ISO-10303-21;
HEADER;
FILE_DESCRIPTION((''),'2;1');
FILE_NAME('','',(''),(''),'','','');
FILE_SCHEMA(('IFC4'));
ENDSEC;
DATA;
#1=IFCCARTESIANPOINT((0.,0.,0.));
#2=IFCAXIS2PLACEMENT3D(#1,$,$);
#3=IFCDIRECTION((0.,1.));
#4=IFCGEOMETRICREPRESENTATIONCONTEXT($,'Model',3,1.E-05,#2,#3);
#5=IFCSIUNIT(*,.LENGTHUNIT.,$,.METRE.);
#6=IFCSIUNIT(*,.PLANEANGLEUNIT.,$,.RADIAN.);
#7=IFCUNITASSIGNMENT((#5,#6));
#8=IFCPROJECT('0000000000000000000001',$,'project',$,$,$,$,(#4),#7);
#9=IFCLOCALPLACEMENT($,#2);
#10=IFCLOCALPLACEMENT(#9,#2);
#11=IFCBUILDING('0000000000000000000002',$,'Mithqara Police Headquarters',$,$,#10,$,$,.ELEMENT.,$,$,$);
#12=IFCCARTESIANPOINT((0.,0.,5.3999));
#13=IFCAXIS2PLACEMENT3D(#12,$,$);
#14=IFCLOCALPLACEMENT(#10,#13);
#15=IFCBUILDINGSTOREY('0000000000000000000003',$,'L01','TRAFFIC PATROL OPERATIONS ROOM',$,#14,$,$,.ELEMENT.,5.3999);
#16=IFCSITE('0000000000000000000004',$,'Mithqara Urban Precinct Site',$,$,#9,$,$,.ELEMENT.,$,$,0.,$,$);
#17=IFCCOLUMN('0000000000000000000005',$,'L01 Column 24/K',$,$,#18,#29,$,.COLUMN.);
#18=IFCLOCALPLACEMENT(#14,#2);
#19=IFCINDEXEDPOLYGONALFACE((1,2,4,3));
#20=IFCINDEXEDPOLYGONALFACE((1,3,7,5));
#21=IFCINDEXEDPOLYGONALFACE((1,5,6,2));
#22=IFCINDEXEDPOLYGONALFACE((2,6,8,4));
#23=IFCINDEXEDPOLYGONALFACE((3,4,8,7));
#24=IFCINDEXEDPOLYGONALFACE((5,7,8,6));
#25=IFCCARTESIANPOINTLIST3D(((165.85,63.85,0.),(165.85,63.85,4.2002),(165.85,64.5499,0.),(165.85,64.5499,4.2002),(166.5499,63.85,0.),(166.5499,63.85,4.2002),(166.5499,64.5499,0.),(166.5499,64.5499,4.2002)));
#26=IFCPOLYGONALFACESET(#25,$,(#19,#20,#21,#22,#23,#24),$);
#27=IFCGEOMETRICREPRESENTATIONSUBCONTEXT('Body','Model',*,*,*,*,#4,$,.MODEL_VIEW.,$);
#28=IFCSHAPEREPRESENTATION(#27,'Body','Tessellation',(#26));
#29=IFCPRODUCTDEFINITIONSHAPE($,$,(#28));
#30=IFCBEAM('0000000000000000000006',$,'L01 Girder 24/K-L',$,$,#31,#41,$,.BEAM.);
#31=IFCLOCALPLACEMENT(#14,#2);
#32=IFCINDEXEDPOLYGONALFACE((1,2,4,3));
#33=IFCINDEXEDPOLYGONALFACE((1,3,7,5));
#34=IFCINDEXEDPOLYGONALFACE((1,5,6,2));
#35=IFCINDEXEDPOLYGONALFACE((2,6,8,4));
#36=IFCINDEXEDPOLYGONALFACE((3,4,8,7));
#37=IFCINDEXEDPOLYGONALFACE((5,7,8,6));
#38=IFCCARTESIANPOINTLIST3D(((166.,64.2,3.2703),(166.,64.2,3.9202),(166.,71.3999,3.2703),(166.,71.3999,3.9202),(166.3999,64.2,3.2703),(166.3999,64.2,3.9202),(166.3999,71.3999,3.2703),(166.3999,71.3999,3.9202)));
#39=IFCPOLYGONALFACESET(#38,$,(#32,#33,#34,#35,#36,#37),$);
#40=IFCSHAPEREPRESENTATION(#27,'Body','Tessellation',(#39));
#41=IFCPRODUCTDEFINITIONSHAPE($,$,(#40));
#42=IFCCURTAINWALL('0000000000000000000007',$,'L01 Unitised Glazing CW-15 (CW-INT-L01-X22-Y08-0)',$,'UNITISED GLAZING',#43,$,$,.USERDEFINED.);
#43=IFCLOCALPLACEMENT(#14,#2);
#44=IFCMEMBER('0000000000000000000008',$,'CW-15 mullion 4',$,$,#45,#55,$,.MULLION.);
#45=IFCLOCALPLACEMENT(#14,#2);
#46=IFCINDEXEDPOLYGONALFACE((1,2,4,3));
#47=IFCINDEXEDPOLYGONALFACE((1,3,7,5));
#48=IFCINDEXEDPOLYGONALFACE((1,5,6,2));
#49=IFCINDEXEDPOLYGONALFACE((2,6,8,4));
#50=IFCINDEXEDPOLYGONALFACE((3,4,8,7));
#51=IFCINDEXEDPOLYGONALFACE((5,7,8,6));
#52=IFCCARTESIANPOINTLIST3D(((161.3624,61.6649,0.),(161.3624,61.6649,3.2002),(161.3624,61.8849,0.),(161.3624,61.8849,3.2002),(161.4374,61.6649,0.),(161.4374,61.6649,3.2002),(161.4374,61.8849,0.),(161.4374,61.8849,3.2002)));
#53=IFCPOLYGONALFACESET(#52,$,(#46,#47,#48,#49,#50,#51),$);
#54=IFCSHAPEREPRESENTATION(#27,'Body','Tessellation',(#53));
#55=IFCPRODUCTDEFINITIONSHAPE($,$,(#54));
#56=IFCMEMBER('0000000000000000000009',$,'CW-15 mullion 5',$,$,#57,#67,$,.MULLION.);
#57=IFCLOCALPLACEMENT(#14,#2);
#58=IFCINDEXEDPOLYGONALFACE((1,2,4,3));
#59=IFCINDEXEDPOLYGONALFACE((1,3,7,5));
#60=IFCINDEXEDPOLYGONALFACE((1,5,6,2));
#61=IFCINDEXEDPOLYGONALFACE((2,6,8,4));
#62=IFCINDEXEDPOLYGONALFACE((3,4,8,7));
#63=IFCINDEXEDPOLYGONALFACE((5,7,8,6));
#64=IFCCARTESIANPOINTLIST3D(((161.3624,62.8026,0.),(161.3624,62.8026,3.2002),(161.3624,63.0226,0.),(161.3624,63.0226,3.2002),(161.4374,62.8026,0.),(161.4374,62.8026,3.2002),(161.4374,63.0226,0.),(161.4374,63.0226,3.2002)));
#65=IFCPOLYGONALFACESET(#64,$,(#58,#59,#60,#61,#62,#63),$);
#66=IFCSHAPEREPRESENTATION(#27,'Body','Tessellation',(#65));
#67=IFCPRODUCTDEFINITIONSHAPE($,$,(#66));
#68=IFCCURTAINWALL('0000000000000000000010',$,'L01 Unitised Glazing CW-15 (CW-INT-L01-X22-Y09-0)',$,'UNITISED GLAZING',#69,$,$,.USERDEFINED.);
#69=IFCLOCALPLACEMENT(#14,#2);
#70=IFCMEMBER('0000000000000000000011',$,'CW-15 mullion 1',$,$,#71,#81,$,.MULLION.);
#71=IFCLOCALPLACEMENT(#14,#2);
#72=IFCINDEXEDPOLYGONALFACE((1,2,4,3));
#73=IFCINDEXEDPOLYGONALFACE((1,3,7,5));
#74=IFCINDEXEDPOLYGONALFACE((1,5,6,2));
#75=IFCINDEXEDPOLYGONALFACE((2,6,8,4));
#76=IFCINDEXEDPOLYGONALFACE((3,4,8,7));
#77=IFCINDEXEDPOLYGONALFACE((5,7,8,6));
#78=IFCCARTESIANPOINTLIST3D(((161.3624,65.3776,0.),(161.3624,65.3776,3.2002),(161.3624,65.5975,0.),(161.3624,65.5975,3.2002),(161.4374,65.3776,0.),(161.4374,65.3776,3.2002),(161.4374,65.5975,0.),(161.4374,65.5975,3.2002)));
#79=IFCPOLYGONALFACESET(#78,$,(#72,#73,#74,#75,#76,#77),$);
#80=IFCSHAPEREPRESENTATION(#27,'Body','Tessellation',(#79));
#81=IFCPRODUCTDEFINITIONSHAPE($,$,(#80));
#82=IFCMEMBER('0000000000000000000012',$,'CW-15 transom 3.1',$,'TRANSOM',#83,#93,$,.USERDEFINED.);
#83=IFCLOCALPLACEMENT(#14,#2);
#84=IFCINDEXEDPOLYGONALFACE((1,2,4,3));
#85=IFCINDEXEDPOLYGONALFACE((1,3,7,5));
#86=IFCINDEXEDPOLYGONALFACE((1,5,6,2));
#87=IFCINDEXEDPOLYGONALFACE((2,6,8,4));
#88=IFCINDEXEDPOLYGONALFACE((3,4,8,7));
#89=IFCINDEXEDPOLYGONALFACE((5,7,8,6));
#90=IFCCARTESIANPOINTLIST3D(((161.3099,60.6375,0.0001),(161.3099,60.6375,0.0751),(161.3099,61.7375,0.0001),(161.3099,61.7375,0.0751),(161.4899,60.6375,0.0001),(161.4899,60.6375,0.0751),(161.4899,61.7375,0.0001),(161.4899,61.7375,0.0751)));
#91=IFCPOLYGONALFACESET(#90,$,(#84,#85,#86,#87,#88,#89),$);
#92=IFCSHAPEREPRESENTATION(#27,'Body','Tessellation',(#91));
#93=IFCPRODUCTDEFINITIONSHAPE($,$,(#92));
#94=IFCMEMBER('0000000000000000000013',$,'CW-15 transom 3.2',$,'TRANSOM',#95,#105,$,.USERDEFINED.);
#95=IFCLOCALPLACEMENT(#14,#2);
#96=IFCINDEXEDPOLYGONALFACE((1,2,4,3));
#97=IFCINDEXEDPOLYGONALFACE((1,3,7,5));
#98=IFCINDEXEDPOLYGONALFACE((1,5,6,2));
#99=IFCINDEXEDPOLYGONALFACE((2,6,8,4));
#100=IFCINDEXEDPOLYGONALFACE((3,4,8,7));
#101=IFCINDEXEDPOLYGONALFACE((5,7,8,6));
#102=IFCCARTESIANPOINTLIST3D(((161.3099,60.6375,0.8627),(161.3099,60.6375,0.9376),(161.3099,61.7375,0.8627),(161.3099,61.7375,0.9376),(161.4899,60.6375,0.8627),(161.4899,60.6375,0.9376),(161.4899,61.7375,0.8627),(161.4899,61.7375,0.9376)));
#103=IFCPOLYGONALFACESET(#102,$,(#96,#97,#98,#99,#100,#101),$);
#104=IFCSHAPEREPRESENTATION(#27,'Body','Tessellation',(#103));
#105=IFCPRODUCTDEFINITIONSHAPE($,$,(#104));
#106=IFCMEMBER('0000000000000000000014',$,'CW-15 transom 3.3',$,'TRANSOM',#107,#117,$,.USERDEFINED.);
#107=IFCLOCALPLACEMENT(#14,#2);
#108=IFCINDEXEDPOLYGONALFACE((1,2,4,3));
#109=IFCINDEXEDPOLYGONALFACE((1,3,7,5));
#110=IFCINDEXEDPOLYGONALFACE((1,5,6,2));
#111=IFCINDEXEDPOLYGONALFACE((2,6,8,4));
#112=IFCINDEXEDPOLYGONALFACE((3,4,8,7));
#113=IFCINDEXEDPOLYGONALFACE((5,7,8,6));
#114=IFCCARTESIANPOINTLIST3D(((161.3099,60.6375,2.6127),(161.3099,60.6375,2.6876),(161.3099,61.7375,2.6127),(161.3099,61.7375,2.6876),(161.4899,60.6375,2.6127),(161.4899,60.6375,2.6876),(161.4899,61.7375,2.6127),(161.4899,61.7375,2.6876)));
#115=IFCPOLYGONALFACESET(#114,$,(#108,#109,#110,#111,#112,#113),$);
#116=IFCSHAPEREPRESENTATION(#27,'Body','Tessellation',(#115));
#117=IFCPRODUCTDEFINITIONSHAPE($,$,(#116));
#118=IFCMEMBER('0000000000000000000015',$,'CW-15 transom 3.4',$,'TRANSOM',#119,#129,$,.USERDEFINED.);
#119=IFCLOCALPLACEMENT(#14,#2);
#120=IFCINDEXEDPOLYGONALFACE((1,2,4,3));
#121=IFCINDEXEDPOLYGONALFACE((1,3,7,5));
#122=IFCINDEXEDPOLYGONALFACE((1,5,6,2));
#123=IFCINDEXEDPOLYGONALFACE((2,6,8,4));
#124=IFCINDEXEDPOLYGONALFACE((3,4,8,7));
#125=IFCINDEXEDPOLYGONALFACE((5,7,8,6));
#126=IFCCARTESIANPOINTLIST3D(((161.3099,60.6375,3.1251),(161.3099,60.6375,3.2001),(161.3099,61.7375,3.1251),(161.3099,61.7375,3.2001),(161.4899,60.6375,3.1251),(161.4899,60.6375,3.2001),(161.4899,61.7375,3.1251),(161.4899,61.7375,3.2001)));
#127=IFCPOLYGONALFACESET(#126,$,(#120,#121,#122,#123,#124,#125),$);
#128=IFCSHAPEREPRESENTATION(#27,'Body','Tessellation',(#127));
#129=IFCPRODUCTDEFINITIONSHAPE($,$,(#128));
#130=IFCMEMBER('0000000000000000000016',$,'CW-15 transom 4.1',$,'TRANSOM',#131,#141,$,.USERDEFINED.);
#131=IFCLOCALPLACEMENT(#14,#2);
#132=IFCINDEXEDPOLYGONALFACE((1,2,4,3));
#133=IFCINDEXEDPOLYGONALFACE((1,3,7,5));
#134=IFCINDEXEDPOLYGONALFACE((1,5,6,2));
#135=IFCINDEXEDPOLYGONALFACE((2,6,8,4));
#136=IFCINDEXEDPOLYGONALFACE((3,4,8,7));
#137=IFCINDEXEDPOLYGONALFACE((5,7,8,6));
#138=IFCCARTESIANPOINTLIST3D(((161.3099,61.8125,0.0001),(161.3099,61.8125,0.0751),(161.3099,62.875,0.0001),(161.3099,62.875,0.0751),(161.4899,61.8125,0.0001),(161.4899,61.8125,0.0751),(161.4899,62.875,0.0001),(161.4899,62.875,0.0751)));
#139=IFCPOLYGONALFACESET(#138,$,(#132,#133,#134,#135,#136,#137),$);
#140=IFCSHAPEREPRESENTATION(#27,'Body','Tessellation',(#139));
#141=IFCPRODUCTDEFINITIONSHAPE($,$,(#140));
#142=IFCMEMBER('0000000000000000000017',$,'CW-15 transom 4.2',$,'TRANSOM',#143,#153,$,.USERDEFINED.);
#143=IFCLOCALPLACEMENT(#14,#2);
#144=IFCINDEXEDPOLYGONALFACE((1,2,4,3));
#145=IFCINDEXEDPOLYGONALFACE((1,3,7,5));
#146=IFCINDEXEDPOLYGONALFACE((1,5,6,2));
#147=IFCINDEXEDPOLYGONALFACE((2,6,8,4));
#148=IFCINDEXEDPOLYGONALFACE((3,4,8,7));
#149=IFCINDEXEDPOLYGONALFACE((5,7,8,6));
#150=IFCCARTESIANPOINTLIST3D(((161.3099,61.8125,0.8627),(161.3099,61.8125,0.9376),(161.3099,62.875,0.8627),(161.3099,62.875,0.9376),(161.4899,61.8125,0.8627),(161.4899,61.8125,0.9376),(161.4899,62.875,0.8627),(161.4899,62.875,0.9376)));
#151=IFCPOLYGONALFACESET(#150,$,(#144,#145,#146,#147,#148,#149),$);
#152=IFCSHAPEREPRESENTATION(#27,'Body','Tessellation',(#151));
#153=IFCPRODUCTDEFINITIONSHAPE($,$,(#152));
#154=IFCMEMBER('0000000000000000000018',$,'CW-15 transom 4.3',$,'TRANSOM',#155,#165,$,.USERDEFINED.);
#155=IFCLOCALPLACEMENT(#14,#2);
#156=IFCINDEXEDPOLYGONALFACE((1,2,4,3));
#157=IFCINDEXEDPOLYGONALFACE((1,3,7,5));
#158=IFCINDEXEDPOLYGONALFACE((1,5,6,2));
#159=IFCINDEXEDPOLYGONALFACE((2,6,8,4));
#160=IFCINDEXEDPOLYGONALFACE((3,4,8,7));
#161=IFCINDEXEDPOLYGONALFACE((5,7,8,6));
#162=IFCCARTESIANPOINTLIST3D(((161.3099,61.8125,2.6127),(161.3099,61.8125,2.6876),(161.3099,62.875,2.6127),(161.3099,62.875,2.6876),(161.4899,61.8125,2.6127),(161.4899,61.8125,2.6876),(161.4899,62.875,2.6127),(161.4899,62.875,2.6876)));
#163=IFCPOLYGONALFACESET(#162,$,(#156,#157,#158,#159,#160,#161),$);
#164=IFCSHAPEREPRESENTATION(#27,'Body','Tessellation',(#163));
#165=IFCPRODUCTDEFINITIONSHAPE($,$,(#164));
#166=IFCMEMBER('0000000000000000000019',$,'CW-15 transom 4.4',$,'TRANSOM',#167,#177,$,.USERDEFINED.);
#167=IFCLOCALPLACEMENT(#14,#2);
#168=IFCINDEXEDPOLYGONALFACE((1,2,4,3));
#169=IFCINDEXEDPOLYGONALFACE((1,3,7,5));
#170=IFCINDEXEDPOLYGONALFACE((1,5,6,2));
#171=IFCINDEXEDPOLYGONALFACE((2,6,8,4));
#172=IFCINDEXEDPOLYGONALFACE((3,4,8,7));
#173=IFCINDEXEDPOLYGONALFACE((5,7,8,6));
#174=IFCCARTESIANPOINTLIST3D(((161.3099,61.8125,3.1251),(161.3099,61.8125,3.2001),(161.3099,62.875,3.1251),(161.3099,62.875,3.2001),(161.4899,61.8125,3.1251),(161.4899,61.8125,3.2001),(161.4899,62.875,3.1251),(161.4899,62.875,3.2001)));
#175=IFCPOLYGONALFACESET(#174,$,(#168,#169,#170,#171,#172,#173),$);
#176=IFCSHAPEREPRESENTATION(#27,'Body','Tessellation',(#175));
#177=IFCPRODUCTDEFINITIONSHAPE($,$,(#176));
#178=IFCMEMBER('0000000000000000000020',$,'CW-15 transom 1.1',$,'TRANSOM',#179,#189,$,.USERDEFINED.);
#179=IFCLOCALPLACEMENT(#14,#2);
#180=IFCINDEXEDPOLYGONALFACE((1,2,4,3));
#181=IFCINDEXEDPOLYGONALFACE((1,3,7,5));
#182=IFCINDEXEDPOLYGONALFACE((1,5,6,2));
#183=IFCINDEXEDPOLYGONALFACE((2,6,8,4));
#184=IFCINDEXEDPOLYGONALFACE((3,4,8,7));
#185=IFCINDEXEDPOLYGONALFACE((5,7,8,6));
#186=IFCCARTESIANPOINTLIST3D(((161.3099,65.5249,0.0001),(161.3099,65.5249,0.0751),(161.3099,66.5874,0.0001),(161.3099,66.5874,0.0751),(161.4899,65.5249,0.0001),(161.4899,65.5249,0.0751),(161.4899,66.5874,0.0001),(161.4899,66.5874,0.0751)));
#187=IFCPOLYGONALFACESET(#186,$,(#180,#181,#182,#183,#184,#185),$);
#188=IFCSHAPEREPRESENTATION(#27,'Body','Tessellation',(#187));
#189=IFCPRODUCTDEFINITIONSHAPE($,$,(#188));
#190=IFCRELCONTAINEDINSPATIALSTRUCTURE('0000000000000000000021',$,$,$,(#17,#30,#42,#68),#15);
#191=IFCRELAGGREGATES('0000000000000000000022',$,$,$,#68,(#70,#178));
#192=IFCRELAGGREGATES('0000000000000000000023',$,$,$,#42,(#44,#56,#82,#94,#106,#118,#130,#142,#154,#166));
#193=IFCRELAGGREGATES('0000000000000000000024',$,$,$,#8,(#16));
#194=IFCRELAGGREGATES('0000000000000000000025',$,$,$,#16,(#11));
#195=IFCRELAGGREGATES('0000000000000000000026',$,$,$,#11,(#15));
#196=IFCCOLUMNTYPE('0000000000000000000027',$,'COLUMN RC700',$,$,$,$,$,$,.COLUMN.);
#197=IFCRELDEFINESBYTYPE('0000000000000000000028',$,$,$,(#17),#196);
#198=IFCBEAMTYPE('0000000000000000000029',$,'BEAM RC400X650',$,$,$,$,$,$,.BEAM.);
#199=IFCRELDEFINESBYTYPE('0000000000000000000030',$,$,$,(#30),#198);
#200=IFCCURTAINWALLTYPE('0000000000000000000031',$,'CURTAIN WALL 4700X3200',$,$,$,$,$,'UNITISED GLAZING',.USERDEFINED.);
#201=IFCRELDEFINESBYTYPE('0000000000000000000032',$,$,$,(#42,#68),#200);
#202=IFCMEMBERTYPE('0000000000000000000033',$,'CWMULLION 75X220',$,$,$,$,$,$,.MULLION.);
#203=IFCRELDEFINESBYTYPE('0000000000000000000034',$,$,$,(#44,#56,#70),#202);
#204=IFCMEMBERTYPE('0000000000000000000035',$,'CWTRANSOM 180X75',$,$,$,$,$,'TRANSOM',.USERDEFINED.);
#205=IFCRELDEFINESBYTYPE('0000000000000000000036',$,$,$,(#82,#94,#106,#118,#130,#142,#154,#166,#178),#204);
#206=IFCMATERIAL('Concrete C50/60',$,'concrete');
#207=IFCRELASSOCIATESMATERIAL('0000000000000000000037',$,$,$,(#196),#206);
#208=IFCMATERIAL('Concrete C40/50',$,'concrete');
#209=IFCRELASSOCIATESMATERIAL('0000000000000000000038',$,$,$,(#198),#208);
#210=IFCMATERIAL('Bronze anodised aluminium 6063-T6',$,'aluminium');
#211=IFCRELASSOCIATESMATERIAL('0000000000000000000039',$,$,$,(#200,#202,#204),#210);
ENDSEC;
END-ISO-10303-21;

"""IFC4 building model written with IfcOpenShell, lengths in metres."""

from ifc_helpers import new_model, si_unit, direction, frame, origin, origin_2d, place, context, subcontext, project, spatial, rectangle, extrude, material, material_profile, profile_set, type_object, element, aggregate, save


model = new_model("IFC4")

# Units and contexts
model_context = context("Model", 3, precision=1e-05, world=origin(), true_north=direction((0.0, 1.0)))
body_context = subcontext(model_context, "Body", "Model", "MODEL_VIEW")
ifc_project = project(units=[si_unit("LENGTHUNIT", "METRE"), si_unit("PLANEANGLEUNIT", "RADIAN")], contexts=[model_context])

# Site, building, storey
site_placement = place(None, origin())
site = spatial("IfcSite", under=ifc_project, at=site_placement, Name="Mithqara Urban Precinct Site", CompositionType="ELEMENT", RefElevation=0.0)
building_placement = place(site_placement, origin())
building = spatial("IfcBuilding", under=site, at=building_placement, Name="Mithqara Police Headquarters", CompositionType="ELEMENT")
storey_placement = place(building_placement, frame((0.0, 0.0, 5.3999)))
storey = spatial("IfcBuildingStorey", under=building, at=storey_placement, Name="L01", Description="TRAFFIC PATROL OPERATIONS ROOM", CompositionType="ELEMENT", Elevation=5.3999)

# Column
ifc_material_1 = material(Name="Concrete C50/60", Category="concrete")
ifc_material_profile_1 = material_profile(ifc_material_1, rectangle(XDim=0.7, YDim=0.7, at=origin_2d()), Name="RC 700x700")
ifc_profile_set_1 = profile_set([ifc_material_profile_1], Name="Concrete C50/60")
column_type = type_object("IfcColumnType", Name="COLUMN RC700", PredefinedType="COLUMN", material=ifc_profile_set_1)
column_placement = place(storey_placement, frame((166.2, 64.2, 0.0), z_axis=(0.0, 0.0, 1.0), x_axis=(1.0, 0.0, 0.0)))
element("IfcColumn", 1, at=column_placement, inside=storey, type_object=column_type, Name="L01 Column 24/K", PredefinedType="COLUMN", context=body_context, shape_type="SweptSolid", body=[
    extrude(rectangle(XDim=0.7, YDim=0.7, at=origin_2d()), origin(), (0.0, 0.0, 1.0), 4.2002),
])

# Beam
ifc_material_2 = material(Name="Concrete C40/50", Category="concrete")
ifc_material_profile_2 = material_profile(ifc_material_2, rectangle(XDim=0.3999, YDim=0.6499, at=origin_2d()), Name="RC 400x650")
ifc_profile_set_2 = profile_set([ifc_material_profile_2], Name="Concrete C40/50")
beam_type = type_object("IfcBeamType", Name="BEAM RC400X650", PredefinedType="BEAM", material=ifc_profile_set_2)
beam_placement = place(storey_placement, frame((166.2, 64.2, 3.5952), z_axis=(0.0, 1.0, 0.0), x_axis=(-1.0, 0.0, 0.0)))
element("IfcBeam", 2, at=beam_placement, inside=storey, type_object=beam_type, Name="L01 Girder 24/K-L", PredefinedType="BEAM", context=body_context, shape_type="SweptSolid", body=[
    extrude(rectangle(XDim=0.3999, YDim=0.6499, at=origin_2d()), origin(), (0.0, 0.0, 1.0), 7.2),
])

# Curtain wall, members
ifc_material_3 = material(Name="Bronze anodised aluminium 6063-T6", Category="aluminium")
curtain_wall_type = type_object("IfcCurtainWallType", Name="CURTAIN WALL 4700X3200", ElementType="UNITISED GLAZING", PredefinedType="USERDEFINED", material=ifc_material_3)
curtain_wall_1_placement = place(storey_placement, origin())
curtain_wall_1 = element("IfcCurtainWall", 3, at=curtain_wall_1_placement, inside=storey, type_object=curtain_wall_type, Name="L01 Unitised Glazing CW-15 (CW-INT-L01-X22-Y08-0)", ObjectType="UNITISED GLAZING", PredefinedType="USERDEFINED")
ifc_material_profile_3 = material_profile(ifc_material_3, rectangle(XDim=0.075, YDim=0.22, at=origin_2d()), Name="CWM 75x220")
ifc_profile_set_3 = profile_set([ifc_material_profile_3], Name="Bronze anodised aluminium 6063-T6")
member_type_1 = type_object("IfcMemberType", Name="CWMULLION 75X220", PredefinedType="MULLION", material=ifc_profile_set_3)
member_1_placement = place(storey_placement, frame((161.3999, 61.7749, 0.0), z_axis=(0.0, 0.0, 1.0), x_axis=(-1.0, 0.0, 0.0)))
member_1 = element("IfcMember", 4, at=member_1_placement, type_object=member_type_1, Name="CW-15 mullion 4", PredefinedType="MULLION", context=body_context, shape_type="SweptSolid", body=[
    extrude(rectangle(XDim=0.075, YDim=0.22, at=origin_2d()), origin(), (0.0, 0.0, 1.0), 3.2002),
])
member_2_placement = place(storey_placement, frame((161.3999, 62.9126, 0.0), z_axis=(0.0, 0.0, 1.0), x_axis=(-1.0, 0.0, 0.0)))
member_2 = element("IfcMember", 5, at=member_2_placement, type_object=member_type_1, Name="CW-15 mullion 5", PredefinedType="MULLION", context=body_context, shape_type="SweptSolid", body=[
    extrude(rectangle(XDim=0.075, YDim=0.22, at=origin_2d()), origin(), (0.0, 0.0, 1.0), 3.2002),
])

# Curtain wall, member
curtain_wall_2_placement = place(storey_placement, origin())
curtain_wall_2 = element("IfcCurtainWall", 6, at=curtain_wall_2_placement, inside=storey, type_object=curtain_wall_type, Name="L01 Unitised Glazing CW-15 (CW-INT-L01-X22-Y09-0)", ObjectType="UNITISED GLAZING", PredefinedType="USERDEFINED")
member_3_placement = place(storey_placement, frame((161.3999, 65.4875, 0.0), z_axis=(0.0, 0.0, 1.0), x_axis=(-1.0, 0.0, 0.0)))
member_3 = element("IfcMember", 7, at=member_3_placement, type_object=member_type_1, Name="CW-15 mullion 1", PredefinedType="MULLION", context=body_context, shape_type="SweptSolid", body=[
    extrude(rectangle(XDim=0.075, YDim=0.22, at=origin_2d()), origin(), (0.0, 0.0, 1.0), 3.2002),
])

# Members
ifc_material_profile_4 = material_profile(ifc_material_3, rectangle(XDim=0.1799, YDim=0.075, at=origin_2d()), Name="CWT 180x75")
ifc_profile_set_4 = profile_set([ifc_material_profile_4], Name="Bronze anodised aluminium 6063-T6")
member_type_2 = type_object("IfcMemberType", Name="CWTRANSOM 180X75", ElementType="TRANSOM", PredefinedType="USERDEFINED", material=ifc_profile_set_4)
member_4_placement = place(storey_placement, frame((161.3999, 60.6375, 0.0376), z_axis=(0.0, 1.0, 0.0), x_axis=(-1.0, 0.0, 0.0)))
member_4 = element("IfcMember", 8, at=member_4_placement, type_object=member_type_2, Name="CW-15 transom 3.1", ObjectType="TRANSOM", PredefinedType="USERDEFINED", context=body_context, shape_type="SweptSolid", body=[
    extrude(rectangle(XDim=0.1799, YDim=0.075, at=origin_2d()), origin(), (0.0, 0.0, 1.0), 1.1001),
])
member_5_placement = place(storey_placement, frame((161.3999, 60.6375, 0.9001), z_axis=(0.0, 1.0, 0.0), x_axis=(-1.0, 0.0, 0.0)))
member_5 = element("IfcMember", 9, at=member_5_placement, type_object=member_type_2, Name="CW-15 transom 3.2", ObjectType="TRANSOM", PredefinedType="USERDEFINED", context=body_context, shape_type="SweptSolid", body=[
    extrude(rectangle(XDim=0.1799, YDim=0.075, at=origin_2d()), origin(), (0.0, 0.0, 1.0), 1.1001),
])
member_6_placement = place(storey_placement, frame((161.3999, 60.6375, 2.6501), z_axis=(0.0, 1.0, 0.0), x_axis=(-1.0, 0.0, 0.0)))
member_6 = element("IfcMember", 10, at=member_6_placement, type_object=member_type_2, Name="CW-15 transom 3.3", ObjectType="TRANSOM", PredefinedType="USERDEFINED", context=body_context, shape_type="SweptSolid", body=[
    extrude(rectangle(XDim=0.1799, YDim=0.075, at=origin_2d()), origin(), (0.0, 0.0, 1.0), 1.1001),
])
member_7_placement = place(storey_placement, frame((161.3999, 60.6375, 3.1626), z_axis=(0.0, 1.0, 0.0), x_axis=(-1.0, 0.0, 0.0)))
member_7 = element("IfcMember", 11, at=member_7_placement, type_object=member_type_2, Name="CW-15 transom 3.4", ObjectType="TRANSOM", PredefinedType="USERDEFINED", context=body_context, shape_type="SweptSolid", body=[
    extrude(rectangle(XDim=0.1799, YDim=0.075, at=origin_2d()), origin(), (0.0, 0.0, 1.0), 1.1001),
])
member_8_placement = place(storey_placement, frame((161.3999, 61.8125, 0.0376), z_axis=(0.0, 1.0, 0.0), x_axis=(-1.0, 0.0, 0.0)))
member_8 = element("IfcMember", 12, at=member_8_placement, type_object=member_type_2, Name="CW-15 transom 4.1", ObjectType="TRANSOM", PredefinedType="USERDEFINED", context=body_context, shape_type="SweptSolid", body=[
    extrude(rectangle(XDim=0.1799, YDim=0.075, at=origin_2d()), origin(), (0.0, 0.0, 1.0), 1.0625),
])
member_9_placement = place(storey_placement, frame((161.3999, 61.8125, 0.9001), z_axis=(0.0, 1.0, 0.0), x_axis=(-1.0, 0.0, 0.0)))
member_9 = element("IfcMember", 13, at=member_9_placement, type_object=member_type_2, Name="CW-15 transom 4.2", ObjectType="TRANSOM", PredefinedType="USERDEFINED", context=body_context, shape_type="SweptSolid", body=[
    extrude(rectangle(XDim=0.1799, YDim=0.075, at=origin_2d()), origin(), (0.0, 0.0, 1.0), 1.0625),
])
member_10_placement = place(storey_placement, frame((161.3999, 61.8125, 2.6501), z_axis=(0.0, 1.0, 0.0), x_axis=(-1.0, 0.0, 0.0)))
member_10 = element("IfcMember", 14, at=member_10_placement, type_object=member_type_2, Name="CW-15 transom 4.3", ObjectType="TRANSOM", PredefinedType="USERDEFINED", context=body_context, shape_type="SweptSolid", body=[
    extrude(rectangle(XDim=0.1799, YDim=0.075, at=origin_2d()), origin(), (0.0, 0.0, 1.0), 1.0625),
])
member_11_placement = place(storey_placement, frame((161.3999, 61.8125, 3.1626), z_axis=(0.0, 1.0, 0.0), x_axis=(-1.0, 0.0, 0.0)))
member_11 = element("IfcMember", 15, at=member_11_placement, type_object=member_type_2, Name="CW-15 transom 4.4", ObjectType="TRANSOM", PredefinedType="USERDEFINED", context=body_context, shape_type="SweptSolid", body=[
    extrude(rectangle(XDim=0.1799, YDim=0.075, at=origin_2d()), origin(), (0.0, 0.0, 1.0), 1.0625),
])
member_12_placement = place(storey_placement, frame((161.3999, 65.5249, 0.0376), z_axis=(0.0, 1.0, 0.0), x_axis=(-1.0, 0.0, 0.0)))
member_12 = element("IfcMember", 16, at=member_12_placement, type_object=member_type_2, Name="CW-15 transom 1.1", ObjectType="TRANSOM", PredefinedType="USERDEFINED", context=body_context, shape_type="SweptSolid", body=[
    extrude(rectangle(XDim=0.1799, YDim=0.075, at=origin_2d()), origin(), (0.0, 0.0, 1.0), 1.0625),
])
aggregate(curtain_wall_2, [member_3, member_12])

aggregate(curtain_wall_1, [member_1, member_2, member_4, member_5, member_6, member_7, member_8, member_9, member_10, member_11])

save(model, "model.ifc")
